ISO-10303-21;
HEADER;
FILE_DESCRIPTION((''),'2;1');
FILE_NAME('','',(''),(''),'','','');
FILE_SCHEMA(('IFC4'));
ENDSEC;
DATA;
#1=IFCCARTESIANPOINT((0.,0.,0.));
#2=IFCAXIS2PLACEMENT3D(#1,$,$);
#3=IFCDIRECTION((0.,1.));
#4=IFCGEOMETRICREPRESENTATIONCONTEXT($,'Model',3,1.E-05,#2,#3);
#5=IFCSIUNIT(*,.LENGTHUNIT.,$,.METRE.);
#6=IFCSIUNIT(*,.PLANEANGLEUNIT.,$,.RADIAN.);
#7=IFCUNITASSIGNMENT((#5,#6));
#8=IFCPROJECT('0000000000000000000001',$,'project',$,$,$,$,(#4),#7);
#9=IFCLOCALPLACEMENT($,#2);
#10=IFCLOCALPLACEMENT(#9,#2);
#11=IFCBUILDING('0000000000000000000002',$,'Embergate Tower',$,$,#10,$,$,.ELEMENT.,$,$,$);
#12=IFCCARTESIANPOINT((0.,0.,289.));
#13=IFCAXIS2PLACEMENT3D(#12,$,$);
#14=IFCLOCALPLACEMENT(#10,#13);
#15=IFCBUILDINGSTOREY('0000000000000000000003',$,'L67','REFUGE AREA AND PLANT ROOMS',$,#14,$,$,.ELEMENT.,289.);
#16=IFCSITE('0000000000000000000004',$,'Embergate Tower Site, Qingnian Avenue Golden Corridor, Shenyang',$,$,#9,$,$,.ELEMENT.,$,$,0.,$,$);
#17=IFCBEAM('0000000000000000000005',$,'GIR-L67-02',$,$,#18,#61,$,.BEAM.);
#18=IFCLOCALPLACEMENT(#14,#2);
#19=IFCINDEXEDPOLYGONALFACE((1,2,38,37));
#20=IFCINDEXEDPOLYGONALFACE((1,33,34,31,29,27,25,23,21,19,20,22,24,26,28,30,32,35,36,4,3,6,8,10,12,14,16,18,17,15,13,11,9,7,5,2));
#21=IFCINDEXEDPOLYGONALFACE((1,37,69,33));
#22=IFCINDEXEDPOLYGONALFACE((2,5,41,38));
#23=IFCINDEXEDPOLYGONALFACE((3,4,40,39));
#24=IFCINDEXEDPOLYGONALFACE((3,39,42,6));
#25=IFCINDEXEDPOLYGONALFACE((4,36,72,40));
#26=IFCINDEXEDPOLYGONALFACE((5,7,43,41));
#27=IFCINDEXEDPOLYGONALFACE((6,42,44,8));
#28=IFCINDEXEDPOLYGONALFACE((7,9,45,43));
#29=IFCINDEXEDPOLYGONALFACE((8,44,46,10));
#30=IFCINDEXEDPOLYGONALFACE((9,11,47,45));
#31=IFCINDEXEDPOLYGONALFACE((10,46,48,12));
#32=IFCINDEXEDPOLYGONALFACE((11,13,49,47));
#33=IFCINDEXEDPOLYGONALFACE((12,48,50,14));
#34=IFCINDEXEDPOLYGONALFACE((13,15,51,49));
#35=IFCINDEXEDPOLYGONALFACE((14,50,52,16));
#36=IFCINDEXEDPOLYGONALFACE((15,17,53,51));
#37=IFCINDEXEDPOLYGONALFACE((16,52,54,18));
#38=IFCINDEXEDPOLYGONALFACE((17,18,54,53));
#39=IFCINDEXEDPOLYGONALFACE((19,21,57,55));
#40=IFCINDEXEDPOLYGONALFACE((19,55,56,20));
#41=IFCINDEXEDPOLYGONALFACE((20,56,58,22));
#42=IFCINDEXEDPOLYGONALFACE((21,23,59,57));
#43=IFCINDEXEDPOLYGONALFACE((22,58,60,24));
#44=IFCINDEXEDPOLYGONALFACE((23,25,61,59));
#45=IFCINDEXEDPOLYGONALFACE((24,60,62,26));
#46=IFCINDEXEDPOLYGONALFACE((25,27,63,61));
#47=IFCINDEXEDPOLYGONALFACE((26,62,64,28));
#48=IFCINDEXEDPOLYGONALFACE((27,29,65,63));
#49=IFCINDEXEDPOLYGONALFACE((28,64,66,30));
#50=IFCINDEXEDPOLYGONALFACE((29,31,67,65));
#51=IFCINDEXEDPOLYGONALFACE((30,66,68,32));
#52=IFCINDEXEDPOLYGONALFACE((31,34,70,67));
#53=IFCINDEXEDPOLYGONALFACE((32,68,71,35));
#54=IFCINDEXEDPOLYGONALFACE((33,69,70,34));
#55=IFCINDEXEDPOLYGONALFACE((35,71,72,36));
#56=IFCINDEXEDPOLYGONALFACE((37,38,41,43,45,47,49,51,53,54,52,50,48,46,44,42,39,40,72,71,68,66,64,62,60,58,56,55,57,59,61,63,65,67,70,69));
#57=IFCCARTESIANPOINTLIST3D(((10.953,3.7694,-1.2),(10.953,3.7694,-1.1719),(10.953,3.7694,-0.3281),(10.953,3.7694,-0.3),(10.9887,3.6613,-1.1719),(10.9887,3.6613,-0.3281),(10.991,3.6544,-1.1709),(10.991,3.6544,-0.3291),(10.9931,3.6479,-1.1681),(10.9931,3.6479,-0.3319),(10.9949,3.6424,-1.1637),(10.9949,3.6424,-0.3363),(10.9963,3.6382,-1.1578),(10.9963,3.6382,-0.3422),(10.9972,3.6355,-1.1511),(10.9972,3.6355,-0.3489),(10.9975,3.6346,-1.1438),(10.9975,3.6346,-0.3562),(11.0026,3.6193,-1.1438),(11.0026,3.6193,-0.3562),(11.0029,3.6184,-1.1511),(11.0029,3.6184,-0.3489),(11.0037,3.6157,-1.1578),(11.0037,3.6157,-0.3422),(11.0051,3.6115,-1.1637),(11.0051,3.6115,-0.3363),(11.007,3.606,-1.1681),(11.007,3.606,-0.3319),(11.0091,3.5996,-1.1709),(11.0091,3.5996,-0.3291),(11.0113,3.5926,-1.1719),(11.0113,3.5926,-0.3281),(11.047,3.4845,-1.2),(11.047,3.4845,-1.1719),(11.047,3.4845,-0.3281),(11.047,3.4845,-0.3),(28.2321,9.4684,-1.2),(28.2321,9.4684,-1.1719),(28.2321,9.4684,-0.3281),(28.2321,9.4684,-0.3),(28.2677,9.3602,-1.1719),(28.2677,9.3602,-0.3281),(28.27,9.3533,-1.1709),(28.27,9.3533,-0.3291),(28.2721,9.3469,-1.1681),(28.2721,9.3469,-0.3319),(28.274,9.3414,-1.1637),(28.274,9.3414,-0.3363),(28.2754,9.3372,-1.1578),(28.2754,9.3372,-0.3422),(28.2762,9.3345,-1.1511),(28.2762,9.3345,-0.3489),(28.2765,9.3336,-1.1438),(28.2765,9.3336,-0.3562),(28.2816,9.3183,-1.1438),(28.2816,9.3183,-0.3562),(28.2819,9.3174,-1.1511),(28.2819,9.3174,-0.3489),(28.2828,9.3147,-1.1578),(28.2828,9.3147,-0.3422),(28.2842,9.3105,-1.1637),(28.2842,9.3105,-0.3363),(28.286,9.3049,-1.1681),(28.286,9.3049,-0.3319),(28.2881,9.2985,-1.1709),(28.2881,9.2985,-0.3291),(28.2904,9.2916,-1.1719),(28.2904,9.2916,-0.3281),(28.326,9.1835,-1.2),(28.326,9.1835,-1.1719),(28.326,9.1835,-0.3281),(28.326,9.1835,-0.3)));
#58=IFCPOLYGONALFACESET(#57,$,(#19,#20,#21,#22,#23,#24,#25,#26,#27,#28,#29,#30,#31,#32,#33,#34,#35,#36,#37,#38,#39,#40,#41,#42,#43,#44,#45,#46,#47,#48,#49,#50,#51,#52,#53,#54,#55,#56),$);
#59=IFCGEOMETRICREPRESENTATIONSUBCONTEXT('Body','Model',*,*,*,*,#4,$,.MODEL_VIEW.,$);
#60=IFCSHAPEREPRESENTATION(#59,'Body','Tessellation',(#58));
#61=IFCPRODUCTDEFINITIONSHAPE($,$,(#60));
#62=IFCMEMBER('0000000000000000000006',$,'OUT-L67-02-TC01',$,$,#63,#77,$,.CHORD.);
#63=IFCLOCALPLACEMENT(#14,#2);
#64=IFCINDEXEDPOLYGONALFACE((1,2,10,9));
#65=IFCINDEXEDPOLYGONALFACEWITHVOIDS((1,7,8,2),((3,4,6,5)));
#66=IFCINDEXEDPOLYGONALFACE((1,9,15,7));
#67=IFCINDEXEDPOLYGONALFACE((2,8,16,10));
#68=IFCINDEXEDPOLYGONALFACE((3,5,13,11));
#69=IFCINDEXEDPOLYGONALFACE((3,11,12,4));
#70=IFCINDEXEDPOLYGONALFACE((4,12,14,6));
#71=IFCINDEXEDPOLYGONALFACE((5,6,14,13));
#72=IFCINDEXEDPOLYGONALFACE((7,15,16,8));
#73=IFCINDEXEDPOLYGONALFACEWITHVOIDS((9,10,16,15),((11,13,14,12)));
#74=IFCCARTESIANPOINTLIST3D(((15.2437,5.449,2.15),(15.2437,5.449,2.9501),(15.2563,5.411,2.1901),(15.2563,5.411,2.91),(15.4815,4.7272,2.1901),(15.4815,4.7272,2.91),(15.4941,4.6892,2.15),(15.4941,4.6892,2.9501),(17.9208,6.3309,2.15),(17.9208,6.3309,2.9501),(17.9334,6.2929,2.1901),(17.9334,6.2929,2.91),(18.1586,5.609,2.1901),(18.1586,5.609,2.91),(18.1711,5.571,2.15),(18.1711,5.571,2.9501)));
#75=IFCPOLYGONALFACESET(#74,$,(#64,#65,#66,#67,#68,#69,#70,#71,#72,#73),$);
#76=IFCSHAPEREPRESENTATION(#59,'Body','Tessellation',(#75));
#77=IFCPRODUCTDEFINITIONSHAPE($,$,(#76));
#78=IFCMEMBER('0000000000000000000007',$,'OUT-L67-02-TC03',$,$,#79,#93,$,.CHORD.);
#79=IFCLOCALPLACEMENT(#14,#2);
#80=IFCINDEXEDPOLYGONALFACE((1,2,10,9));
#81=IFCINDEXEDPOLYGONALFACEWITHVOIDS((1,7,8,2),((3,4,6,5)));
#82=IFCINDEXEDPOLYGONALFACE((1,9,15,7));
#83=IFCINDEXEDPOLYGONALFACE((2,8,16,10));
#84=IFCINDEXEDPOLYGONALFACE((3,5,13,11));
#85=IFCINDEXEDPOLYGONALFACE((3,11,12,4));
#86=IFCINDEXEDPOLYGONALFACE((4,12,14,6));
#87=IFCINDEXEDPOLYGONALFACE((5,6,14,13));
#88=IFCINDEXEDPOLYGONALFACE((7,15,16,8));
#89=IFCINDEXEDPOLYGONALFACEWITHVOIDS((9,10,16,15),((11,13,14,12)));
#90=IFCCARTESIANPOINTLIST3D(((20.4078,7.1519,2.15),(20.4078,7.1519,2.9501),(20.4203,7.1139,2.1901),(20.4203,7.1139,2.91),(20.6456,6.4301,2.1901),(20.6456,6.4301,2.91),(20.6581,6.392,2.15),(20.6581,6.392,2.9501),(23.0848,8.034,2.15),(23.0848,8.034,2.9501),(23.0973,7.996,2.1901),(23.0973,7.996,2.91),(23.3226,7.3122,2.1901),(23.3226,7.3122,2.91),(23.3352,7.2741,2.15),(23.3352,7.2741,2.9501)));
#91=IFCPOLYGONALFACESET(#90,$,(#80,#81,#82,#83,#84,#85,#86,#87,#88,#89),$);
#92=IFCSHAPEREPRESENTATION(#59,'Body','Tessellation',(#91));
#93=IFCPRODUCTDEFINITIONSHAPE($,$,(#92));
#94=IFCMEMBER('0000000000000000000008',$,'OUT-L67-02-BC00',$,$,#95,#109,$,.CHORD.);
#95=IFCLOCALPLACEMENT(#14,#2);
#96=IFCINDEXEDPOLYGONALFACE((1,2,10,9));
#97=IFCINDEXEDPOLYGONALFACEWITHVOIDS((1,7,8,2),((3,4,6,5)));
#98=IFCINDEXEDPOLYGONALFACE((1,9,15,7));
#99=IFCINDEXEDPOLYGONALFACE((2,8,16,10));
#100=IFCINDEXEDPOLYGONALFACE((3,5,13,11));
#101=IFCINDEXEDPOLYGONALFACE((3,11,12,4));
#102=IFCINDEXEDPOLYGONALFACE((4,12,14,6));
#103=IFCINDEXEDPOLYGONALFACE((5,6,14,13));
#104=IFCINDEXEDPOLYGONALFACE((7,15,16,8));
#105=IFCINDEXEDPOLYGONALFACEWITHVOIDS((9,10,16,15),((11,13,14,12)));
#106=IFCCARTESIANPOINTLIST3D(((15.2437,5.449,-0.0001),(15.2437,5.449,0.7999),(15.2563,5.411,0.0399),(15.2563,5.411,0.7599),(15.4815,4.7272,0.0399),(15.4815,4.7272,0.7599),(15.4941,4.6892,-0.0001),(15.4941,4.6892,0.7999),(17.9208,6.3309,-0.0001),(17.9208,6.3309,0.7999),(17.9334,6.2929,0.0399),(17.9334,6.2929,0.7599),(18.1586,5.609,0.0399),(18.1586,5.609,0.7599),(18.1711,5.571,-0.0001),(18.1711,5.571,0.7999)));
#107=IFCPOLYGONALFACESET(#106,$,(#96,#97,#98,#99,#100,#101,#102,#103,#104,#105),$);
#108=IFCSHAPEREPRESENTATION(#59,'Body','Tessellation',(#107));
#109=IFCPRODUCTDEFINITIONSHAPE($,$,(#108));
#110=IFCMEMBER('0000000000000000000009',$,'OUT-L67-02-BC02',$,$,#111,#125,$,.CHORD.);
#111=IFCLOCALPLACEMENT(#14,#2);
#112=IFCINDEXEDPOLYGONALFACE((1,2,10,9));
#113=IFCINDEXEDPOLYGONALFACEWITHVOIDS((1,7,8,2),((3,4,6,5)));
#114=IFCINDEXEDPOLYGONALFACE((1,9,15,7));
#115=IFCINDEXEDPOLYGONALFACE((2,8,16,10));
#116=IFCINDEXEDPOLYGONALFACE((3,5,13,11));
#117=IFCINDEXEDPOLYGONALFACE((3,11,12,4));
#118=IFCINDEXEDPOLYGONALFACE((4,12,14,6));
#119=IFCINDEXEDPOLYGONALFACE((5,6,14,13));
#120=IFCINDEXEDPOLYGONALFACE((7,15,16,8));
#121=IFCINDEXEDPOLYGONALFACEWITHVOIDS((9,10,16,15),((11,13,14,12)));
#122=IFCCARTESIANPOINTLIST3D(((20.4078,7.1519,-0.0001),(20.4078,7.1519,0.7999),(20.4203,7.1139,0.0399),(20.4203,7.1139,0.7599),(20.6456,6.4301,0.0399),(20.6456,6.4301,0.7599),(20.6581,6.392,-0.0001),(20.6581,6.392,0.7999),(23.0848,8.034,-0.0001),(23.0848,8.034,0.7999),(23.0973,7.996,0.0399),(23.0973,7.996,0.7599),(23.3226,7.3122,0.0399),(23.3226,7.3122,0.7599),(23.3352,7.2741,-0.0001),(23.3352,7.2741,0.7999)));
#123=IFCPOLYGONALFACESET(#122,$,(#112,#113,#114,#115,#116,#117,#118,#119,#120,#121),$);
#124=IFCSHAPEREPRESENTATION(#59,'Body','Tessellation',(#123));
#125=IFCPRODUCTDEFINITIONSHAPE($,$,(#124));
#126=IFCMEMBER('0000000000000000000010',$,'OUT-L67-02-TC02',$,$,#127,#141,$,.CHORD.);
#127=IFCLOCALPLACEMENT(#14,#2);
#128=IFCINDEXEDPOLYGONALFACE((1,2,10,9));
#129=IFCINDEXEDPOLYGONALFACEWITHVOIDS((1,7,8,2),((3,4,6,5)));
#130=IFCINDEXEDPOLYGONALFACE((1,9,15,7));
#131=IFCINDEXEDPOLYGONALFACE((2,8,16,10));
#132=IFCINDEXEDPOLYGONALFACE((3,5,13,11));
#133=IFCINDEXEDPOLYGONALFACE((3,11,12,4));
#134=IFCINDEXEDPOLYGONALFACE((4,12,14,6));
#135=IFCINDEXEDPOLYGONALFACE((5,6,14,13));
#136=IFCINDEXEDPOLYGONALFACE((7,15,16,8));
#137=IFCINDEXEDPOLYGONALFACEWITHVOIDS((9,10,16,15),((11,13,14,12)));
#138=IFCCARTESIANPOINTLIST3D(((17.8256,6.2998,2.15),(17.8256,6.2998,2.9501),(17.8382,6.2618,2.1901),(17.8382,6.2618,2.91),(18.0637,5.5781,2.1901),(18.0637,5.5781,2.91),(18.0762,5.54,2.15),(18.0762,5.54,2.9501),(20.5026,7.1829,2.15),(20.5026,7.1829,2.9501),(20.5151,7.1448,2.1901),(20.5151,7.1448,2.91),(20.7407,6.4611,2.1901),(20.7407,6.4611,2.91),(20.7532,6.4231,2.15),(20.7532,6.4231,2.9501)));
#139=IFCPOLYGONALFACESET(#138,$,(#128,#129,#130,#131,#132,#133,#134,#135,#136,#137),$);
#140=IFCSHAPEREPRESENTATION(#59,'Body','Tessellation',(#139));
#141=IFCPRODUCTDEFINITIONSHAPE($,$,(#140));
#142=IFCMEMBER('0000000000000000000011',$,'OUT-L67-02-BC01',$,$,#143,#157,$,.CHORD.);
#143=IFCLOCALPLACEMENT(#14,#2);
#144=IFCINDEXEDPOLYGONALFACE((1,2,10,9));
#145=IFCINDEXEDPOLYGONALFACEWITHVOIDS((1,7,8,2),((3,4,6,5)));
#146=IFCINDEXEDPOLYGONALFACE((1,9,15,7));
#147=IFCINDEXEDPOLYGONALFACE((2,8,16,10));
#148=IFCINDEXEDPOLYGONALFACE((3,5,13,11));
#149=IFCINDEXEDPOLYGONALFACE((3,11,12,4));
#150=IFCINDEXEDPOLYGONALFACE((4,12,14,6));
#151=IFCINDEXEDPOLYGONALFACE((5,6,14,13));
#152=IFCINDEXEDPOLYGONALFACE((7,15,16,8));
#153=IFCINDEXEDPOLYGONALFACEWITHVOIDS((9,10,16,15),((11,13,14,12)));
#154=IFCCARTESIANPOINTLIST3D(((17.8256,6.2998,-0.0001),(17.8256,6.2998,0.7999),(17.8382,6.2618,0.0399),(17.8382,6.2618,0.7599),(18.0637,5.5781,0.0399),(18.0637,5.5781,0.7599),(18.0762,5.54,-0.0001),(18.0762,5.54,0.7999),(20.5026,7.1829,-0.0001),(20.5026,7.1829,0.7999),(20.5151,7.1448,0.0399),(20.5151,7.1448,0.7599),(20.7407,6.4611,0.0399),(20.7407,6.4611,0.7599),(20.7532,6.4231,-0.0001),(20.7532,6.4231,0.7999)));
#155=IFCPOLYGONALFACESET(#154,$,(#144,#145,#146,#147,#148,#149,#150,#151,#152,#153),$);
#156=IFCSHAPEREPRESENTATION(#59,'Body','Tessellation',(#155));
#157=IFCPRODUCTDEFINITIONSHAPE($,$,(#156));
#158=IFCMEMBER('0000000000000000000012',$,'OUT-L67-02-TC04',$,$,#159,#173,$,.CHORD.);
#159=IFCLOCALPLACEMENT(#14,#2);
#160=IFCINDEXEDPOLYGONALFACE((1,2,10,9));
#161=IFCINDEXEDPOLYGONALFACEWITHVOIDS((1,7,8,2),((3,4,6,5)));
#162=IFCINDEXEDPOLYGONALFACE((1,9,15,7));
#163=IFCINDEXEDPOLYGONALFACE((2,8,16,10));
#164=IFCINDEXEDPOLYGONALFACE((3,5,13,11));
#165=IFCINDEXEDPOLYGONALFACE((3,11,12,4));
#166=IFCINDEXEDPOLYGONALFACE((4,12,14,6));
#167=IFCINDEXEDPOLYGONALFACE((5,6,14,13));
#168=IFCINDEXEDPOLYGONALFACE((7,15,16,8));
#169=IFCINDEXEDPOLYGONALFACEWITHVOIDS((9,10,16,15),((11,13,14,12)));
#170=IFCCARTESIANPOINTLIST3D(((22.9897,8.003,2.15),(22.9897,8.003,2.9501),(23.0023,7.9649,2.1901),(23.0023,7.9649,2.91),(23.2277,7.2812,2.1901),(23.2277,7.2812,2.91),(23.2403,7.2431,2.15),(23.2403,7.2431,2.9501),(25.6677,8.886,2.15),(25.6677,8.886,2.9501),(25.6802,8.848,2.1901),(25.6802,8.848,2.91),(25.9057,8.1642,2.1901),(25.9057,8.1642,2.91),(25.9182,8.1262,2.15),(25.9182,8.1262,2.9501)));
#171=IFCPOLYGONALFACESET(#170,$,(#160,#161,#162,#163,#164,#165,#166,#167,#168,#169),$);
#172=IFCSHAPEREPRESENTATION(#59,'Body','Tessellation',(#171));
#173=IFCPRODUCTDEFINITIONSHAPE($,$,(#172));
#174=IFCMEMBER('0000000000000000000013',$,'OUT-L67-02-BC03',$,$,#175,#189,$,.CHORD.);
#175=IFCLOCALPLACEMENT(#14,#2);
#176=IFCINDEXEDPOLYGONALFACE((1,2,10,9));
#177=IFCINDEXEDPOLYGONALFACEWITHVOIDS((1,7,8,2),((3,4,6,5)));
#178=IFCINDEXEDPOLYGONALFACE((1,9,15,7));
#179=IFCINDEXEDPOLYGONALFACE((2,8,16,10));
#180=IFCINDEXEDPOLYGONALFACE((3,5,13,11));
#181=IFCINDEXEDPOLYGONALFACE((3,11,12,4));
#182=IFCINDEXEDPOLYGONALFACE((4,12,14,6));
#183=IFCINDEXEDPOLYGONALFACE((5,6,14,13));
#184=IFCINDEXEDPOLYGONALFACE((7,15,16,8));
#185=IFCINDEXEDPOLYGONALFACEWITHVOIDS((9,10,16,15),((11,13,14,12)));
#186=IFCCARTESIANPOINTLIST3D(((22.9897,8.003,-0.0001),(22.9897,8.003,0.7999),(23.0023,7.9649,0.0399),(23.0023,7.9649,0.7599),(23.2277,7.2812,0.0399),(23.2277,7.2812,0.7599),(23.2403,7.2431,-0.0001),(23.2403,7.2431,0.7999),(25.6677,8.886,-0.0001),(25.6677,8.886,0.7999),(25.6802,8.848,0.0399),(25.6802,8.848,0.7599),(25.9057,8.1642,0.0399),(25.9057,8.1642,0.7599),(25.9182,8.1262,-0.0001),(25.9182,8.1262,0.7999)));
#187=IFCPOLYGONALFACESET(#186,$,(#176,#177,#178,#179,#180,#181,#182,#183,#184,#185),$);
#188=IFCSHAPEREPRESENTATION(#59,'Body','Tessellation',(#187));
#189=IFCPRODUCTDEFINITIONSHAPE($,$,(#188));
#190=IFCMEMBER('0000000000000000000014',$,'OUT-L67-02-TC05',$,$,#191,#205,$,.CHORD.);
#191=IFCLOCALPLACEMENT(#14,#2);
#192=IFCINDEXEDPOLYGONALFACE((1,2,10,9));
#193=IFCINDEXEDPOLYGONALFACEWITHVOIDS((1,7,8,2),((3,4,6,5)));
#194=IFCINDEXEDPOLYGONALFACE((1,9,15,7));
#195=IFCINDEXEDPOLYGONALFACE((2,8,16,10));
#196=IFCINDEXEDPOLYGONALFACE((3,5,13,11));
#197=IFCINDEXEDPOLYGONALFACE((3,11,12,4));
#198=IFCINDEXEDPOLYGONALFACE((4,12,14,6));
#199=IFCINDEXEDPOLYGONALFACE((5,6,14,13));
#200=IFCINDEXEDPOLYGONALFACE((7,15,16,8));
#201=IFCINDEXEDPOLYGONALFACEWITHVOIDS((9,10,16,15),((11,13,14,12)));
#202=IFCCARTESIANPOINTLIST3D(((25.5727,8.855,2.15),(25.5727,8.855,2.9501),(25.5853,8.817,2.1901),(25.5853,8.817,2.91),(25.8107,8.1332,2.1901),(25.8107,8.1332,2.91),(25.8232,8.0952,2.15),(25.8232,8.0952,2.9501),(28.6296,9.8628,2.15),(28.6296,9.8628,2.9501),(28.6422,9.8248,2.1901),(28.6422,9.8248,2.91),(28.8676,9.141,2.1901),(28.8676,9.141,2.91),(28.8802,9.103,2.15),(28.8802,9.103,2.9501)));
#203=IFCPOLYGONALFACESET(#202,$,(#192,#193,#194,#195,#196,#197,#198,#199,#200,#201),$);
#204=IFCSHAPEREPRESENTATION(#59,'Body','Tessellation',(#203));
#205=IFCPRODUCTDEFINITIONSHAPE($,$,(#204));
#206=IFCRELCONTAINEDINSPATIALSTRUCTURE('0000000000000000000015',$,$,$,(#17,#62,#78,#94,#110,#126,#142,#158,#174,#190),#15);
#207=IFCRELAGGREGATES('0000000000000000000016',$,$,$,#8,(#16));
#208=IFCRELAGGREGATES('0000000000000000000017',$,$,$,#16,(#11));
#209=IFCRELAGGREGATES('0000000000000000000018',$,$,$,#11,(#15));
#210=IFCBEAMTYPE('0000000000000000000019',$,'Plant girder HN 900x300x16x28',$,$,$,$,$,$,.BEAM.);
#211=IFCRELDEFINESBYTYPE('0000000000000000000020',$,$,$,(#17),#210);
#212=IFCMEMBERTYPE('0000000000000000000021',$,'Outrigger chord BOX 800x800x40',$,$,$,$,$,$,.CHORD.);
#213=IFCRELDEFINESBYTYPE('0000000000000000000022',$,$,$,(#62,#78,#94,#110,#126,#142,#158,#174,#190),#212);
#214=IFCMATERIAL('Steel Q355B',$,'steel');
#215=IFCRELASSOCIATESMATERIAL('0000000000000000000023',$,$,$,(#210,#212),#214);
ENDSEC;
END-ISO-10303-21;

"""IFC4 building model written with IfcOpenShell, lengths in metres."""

from ifc_helpers import new_model, si_unit, direction, frame, origin, origin_2d, place, context, subcontext, project, spatial, hollow_rectangle, i_section, extrude, source, transform, mapped, material, material_profile, profile_set, type_object, element, save


model = new_model("IFC4")

# Units and contexts
model_context = context("Model", 3, precision=1e-05, world=origin(), true_north=direction((0.0, 1.0)))
body_context = subcontext(model_context, "Body", "Model", "MODEL_VIEW")
ifc_project = project(units=[si_unit("LENGTHUNIT", "METRE"), si_unit("PLANEANGLEUNIT", "RADIAN")], contexts=[model_context])

# Site, building, storey
site_placement = place(None, origin())
site = spatial("IfcSite", under=ifc_project, at=site_placement, Name="Embergate Tower Site, Qingnian Avenue Golden Corridor, Shenyang", CompositionType="ELEMENT", RefElevation=0.0)
building_placement = place(site_placement, origin())
building = spatial("IfcBuilding", under=site, at=building_placement, Name="Embergate Tower", CompositionType="ELEMENT")
storey_placement = place(building_placement, frame((0.0, 0.0, 289.0)))
storey = spatial("IfcBuildingStorey", under=building, at=storey_placement, Name="L67", Description="REFUGE AREA AND PLANT ROOMS", CompositionType="ELEMENT", Elevation=289.0)

# Beam
ifc_material_1 = material(Name="Steel Q355B", Category="steel")
ifc_material_profile_1 = material_profile(ifc_material_1, i_section(OverallWidth=0.3, OverallDepth=0.8999, WebThickness=0.0161, FlangeThickness=0.0281, FilletRadius=0.0281, at=origin_2d()), Name="HN 900x300x16x28")
ifc_profile_set_1 = profile_set([ifc_material_profile_1], Name="Steel Q355 grade B")
beam_type_1 = type_object("IfcBeamType", Name="Plant girder HN 900x300x16x28", PredefinedType="BEAM", material=ifc_profile_set_1)
shared_shape_1 = source(origin(), body_context, "Body", "SweptSolid", [
    extrude(i_section(OverallWidth=0.3, OverallDepth=0.8999, WebThickness=0.0161, FlangeThickness=0.0281, FilletRadius=0.0281, at=origin_2d()), origin(), (0.0, 0.0, 1.0), 18.1946),
])
beam_1_placement = place(storey_placement, frame((28.2791, 9.3259, -0.75), z_axis=(-0.94968, -0.313223, 0.0), x_axis=(0.313223, -0.94968, 0.0)))
element("IfcBeam", 1, at=beam_1_placement, inside=storey, type_object=beam_type_1, Name="GIR-L67-02", PredefinedType="BEAM", context=body_context, shape_type="MappedRepresentation", body=[
    mapped(shared_shape_1, transform((0.0, 0.0, 0.0))),
])

# Members
ifc_material_profile_2 = material_profile(ifc_material_1, hollow_rectangle(XDim=0.8, YDim=0.8, WallThickness=0.04, at=origin_2d()), Name="BOX 800x800x40")
ifc_profile_set_2 = profile_set([ifc_material_profile_2], Name="Steel Q355 grade B")
member_type_1 = type_object("IfcMemberType", Name="Outrigger chord BOX 800x800x40", PredefinedType="CHORD", material=ifc_profile_set_2)
shared_shape_2 = source(origin(), body_context, "Body", "SweptSolid", [
    extrude(hollow_rectangle(XDim=0.8, YDim=0.8, WallThickness=0.04, at=origin_2d()), origin(), (0.0, 0.0, 1.0), 2.8186),
])
for number, where, z_axis, x_axis, name in (
    (2, (15.3689, 5.0691, 2.55), (0.949795, 0.312874, 0.0), (-0.312874, 0.949795, 0.0), "OUT-L67-02-TC01"),
    (3, (20.533, 6.772, 2.55), (0.949769, 0.312952, 0.0), (-0.312952, 0.949769, 0.0), "OUT-L67-02-TC03"),
    (4, (15.3689, 5.0691, 0.3999), (0.949795, 0.312874, 0.0), (-0.312874, 0.949795, 0.0), "OUT-L67-02-BC00"),
    (5, (20.533, 6.772, 0.3999), (0.949769, 0.312952, 0.0), (-0.312952, 0.949769, 0.0), "OUT-L67-02-BC02"),
):
    element("IfcMember", number, at=place(storey_placement, frame(where, z_axis=z_axis, x_axis=x_axis)), inside=storey, type_object=member_type_1, Name=name, PredefinedType="CHORD", context=body_context, shape_type="MappedRepresentation", body=[
        mapped(shared_shape_2, transform((0.0, 0.0, 0.0))),
    ])
shared_shape_3 = source(origin(), body_context, "Body", "SweptSolid", [
    extrude(hollow_rectangle(XDim=0.8, YDim=0.8, WallThickness=0.04, at=origin_2d()), origin(), (0.0, 0.0, 1.0), 2.8188),
])
for number, where, z_axis, x_axis, name in (
    (6, (17.9509, 5.9199, 2.55), (0.949666, 0.313264, 0.0), (-0.313264, 0.949666, 0.0), "OUT-L67-02-TC02"),
    (7, (17.9509, 5.9199, 0.3999), (0.949666, 0.313264, 0.0), (-0.313264, 0.949666, 0.0), "OUT-L67-02-BC01"),
):
    element("IfcMember", number, at=place(storey_placement, frame(where, z_axis=z_axis, x_axis=x_axis)), inside=storey, type_object=member_type_1, Name=name, PredefinedType="CHORD", context=body_context, shape_type="MappedRepresentation", body=[
        mapped(shared_shape_3, transform((0.0, 0.0, 0.0))),
    ])
shared_shape_4 = source(origin(), body_context, "Body", "SweptSolid", [
    extrude(hollow_rectangle(XDim=0.8, YDim=0.8, WallThickness=0.04, at=origin_2d()), origin(), (0.0, 0.0, 1.0), 2.8198),
])
for number, where, z_axis, x_axis, name in (
    (8, (23.115, 7.623, 2.55), (0.9497, 0.313161, 0.0), (-0.313161, 0.9497, 0.0), "OUT-L67-02-TC04"),
    (9, (23.115, 7.623, 0.3999), (0.9497, 0.313161, 0.0), (-0.313161, 0.9497, 0.0), "OUT-L67-02-BC03"),
):
    element("IfcMember", number, at=place(storey_placement, frame(where, z_axis=z_axis, x_axis=x_axis)), inside=storey, type_object=member_type_1, Name=name, PredefinedType="CHORD", context=body_context, shape_type="MappedRepresentation", body=[
        mapped(shared_shape_4, transform((0.0, 0.0, 0.0))),
    ])
shared_shape_5 = source(origin(), body_context, "Body", "SweptSolid", [
    extrude(hollow_rectangle(XDim=0.8, YDim=0.8, WallThickness=0.04, at=origin_2d()), origin(), (0.0, 0.0, 1.0), 3.2188),
])
for number, where, z_axis, x_axis, name in (
    (10, (25.698, 8.4751, 2.55), (0.949717, 0.313109, 0.0), (-0.313109, 0.949717, 0.0), "OUT-L67-02-TC05"),
):
    element("IfcMember", number, at=place(storey_placement, frame(where, z_axis=z_axis, x_axis=x_axis)), inside=storey, type_object=member_type_1, Name=name, PredefinedType="CHORD", context=body_context, shape_type="MappedRepresentation", body=[
        mapped(shared_shape_5, transform((0.0, 0.0, 0.0))),
    ])

save(model, "model.ifc")
